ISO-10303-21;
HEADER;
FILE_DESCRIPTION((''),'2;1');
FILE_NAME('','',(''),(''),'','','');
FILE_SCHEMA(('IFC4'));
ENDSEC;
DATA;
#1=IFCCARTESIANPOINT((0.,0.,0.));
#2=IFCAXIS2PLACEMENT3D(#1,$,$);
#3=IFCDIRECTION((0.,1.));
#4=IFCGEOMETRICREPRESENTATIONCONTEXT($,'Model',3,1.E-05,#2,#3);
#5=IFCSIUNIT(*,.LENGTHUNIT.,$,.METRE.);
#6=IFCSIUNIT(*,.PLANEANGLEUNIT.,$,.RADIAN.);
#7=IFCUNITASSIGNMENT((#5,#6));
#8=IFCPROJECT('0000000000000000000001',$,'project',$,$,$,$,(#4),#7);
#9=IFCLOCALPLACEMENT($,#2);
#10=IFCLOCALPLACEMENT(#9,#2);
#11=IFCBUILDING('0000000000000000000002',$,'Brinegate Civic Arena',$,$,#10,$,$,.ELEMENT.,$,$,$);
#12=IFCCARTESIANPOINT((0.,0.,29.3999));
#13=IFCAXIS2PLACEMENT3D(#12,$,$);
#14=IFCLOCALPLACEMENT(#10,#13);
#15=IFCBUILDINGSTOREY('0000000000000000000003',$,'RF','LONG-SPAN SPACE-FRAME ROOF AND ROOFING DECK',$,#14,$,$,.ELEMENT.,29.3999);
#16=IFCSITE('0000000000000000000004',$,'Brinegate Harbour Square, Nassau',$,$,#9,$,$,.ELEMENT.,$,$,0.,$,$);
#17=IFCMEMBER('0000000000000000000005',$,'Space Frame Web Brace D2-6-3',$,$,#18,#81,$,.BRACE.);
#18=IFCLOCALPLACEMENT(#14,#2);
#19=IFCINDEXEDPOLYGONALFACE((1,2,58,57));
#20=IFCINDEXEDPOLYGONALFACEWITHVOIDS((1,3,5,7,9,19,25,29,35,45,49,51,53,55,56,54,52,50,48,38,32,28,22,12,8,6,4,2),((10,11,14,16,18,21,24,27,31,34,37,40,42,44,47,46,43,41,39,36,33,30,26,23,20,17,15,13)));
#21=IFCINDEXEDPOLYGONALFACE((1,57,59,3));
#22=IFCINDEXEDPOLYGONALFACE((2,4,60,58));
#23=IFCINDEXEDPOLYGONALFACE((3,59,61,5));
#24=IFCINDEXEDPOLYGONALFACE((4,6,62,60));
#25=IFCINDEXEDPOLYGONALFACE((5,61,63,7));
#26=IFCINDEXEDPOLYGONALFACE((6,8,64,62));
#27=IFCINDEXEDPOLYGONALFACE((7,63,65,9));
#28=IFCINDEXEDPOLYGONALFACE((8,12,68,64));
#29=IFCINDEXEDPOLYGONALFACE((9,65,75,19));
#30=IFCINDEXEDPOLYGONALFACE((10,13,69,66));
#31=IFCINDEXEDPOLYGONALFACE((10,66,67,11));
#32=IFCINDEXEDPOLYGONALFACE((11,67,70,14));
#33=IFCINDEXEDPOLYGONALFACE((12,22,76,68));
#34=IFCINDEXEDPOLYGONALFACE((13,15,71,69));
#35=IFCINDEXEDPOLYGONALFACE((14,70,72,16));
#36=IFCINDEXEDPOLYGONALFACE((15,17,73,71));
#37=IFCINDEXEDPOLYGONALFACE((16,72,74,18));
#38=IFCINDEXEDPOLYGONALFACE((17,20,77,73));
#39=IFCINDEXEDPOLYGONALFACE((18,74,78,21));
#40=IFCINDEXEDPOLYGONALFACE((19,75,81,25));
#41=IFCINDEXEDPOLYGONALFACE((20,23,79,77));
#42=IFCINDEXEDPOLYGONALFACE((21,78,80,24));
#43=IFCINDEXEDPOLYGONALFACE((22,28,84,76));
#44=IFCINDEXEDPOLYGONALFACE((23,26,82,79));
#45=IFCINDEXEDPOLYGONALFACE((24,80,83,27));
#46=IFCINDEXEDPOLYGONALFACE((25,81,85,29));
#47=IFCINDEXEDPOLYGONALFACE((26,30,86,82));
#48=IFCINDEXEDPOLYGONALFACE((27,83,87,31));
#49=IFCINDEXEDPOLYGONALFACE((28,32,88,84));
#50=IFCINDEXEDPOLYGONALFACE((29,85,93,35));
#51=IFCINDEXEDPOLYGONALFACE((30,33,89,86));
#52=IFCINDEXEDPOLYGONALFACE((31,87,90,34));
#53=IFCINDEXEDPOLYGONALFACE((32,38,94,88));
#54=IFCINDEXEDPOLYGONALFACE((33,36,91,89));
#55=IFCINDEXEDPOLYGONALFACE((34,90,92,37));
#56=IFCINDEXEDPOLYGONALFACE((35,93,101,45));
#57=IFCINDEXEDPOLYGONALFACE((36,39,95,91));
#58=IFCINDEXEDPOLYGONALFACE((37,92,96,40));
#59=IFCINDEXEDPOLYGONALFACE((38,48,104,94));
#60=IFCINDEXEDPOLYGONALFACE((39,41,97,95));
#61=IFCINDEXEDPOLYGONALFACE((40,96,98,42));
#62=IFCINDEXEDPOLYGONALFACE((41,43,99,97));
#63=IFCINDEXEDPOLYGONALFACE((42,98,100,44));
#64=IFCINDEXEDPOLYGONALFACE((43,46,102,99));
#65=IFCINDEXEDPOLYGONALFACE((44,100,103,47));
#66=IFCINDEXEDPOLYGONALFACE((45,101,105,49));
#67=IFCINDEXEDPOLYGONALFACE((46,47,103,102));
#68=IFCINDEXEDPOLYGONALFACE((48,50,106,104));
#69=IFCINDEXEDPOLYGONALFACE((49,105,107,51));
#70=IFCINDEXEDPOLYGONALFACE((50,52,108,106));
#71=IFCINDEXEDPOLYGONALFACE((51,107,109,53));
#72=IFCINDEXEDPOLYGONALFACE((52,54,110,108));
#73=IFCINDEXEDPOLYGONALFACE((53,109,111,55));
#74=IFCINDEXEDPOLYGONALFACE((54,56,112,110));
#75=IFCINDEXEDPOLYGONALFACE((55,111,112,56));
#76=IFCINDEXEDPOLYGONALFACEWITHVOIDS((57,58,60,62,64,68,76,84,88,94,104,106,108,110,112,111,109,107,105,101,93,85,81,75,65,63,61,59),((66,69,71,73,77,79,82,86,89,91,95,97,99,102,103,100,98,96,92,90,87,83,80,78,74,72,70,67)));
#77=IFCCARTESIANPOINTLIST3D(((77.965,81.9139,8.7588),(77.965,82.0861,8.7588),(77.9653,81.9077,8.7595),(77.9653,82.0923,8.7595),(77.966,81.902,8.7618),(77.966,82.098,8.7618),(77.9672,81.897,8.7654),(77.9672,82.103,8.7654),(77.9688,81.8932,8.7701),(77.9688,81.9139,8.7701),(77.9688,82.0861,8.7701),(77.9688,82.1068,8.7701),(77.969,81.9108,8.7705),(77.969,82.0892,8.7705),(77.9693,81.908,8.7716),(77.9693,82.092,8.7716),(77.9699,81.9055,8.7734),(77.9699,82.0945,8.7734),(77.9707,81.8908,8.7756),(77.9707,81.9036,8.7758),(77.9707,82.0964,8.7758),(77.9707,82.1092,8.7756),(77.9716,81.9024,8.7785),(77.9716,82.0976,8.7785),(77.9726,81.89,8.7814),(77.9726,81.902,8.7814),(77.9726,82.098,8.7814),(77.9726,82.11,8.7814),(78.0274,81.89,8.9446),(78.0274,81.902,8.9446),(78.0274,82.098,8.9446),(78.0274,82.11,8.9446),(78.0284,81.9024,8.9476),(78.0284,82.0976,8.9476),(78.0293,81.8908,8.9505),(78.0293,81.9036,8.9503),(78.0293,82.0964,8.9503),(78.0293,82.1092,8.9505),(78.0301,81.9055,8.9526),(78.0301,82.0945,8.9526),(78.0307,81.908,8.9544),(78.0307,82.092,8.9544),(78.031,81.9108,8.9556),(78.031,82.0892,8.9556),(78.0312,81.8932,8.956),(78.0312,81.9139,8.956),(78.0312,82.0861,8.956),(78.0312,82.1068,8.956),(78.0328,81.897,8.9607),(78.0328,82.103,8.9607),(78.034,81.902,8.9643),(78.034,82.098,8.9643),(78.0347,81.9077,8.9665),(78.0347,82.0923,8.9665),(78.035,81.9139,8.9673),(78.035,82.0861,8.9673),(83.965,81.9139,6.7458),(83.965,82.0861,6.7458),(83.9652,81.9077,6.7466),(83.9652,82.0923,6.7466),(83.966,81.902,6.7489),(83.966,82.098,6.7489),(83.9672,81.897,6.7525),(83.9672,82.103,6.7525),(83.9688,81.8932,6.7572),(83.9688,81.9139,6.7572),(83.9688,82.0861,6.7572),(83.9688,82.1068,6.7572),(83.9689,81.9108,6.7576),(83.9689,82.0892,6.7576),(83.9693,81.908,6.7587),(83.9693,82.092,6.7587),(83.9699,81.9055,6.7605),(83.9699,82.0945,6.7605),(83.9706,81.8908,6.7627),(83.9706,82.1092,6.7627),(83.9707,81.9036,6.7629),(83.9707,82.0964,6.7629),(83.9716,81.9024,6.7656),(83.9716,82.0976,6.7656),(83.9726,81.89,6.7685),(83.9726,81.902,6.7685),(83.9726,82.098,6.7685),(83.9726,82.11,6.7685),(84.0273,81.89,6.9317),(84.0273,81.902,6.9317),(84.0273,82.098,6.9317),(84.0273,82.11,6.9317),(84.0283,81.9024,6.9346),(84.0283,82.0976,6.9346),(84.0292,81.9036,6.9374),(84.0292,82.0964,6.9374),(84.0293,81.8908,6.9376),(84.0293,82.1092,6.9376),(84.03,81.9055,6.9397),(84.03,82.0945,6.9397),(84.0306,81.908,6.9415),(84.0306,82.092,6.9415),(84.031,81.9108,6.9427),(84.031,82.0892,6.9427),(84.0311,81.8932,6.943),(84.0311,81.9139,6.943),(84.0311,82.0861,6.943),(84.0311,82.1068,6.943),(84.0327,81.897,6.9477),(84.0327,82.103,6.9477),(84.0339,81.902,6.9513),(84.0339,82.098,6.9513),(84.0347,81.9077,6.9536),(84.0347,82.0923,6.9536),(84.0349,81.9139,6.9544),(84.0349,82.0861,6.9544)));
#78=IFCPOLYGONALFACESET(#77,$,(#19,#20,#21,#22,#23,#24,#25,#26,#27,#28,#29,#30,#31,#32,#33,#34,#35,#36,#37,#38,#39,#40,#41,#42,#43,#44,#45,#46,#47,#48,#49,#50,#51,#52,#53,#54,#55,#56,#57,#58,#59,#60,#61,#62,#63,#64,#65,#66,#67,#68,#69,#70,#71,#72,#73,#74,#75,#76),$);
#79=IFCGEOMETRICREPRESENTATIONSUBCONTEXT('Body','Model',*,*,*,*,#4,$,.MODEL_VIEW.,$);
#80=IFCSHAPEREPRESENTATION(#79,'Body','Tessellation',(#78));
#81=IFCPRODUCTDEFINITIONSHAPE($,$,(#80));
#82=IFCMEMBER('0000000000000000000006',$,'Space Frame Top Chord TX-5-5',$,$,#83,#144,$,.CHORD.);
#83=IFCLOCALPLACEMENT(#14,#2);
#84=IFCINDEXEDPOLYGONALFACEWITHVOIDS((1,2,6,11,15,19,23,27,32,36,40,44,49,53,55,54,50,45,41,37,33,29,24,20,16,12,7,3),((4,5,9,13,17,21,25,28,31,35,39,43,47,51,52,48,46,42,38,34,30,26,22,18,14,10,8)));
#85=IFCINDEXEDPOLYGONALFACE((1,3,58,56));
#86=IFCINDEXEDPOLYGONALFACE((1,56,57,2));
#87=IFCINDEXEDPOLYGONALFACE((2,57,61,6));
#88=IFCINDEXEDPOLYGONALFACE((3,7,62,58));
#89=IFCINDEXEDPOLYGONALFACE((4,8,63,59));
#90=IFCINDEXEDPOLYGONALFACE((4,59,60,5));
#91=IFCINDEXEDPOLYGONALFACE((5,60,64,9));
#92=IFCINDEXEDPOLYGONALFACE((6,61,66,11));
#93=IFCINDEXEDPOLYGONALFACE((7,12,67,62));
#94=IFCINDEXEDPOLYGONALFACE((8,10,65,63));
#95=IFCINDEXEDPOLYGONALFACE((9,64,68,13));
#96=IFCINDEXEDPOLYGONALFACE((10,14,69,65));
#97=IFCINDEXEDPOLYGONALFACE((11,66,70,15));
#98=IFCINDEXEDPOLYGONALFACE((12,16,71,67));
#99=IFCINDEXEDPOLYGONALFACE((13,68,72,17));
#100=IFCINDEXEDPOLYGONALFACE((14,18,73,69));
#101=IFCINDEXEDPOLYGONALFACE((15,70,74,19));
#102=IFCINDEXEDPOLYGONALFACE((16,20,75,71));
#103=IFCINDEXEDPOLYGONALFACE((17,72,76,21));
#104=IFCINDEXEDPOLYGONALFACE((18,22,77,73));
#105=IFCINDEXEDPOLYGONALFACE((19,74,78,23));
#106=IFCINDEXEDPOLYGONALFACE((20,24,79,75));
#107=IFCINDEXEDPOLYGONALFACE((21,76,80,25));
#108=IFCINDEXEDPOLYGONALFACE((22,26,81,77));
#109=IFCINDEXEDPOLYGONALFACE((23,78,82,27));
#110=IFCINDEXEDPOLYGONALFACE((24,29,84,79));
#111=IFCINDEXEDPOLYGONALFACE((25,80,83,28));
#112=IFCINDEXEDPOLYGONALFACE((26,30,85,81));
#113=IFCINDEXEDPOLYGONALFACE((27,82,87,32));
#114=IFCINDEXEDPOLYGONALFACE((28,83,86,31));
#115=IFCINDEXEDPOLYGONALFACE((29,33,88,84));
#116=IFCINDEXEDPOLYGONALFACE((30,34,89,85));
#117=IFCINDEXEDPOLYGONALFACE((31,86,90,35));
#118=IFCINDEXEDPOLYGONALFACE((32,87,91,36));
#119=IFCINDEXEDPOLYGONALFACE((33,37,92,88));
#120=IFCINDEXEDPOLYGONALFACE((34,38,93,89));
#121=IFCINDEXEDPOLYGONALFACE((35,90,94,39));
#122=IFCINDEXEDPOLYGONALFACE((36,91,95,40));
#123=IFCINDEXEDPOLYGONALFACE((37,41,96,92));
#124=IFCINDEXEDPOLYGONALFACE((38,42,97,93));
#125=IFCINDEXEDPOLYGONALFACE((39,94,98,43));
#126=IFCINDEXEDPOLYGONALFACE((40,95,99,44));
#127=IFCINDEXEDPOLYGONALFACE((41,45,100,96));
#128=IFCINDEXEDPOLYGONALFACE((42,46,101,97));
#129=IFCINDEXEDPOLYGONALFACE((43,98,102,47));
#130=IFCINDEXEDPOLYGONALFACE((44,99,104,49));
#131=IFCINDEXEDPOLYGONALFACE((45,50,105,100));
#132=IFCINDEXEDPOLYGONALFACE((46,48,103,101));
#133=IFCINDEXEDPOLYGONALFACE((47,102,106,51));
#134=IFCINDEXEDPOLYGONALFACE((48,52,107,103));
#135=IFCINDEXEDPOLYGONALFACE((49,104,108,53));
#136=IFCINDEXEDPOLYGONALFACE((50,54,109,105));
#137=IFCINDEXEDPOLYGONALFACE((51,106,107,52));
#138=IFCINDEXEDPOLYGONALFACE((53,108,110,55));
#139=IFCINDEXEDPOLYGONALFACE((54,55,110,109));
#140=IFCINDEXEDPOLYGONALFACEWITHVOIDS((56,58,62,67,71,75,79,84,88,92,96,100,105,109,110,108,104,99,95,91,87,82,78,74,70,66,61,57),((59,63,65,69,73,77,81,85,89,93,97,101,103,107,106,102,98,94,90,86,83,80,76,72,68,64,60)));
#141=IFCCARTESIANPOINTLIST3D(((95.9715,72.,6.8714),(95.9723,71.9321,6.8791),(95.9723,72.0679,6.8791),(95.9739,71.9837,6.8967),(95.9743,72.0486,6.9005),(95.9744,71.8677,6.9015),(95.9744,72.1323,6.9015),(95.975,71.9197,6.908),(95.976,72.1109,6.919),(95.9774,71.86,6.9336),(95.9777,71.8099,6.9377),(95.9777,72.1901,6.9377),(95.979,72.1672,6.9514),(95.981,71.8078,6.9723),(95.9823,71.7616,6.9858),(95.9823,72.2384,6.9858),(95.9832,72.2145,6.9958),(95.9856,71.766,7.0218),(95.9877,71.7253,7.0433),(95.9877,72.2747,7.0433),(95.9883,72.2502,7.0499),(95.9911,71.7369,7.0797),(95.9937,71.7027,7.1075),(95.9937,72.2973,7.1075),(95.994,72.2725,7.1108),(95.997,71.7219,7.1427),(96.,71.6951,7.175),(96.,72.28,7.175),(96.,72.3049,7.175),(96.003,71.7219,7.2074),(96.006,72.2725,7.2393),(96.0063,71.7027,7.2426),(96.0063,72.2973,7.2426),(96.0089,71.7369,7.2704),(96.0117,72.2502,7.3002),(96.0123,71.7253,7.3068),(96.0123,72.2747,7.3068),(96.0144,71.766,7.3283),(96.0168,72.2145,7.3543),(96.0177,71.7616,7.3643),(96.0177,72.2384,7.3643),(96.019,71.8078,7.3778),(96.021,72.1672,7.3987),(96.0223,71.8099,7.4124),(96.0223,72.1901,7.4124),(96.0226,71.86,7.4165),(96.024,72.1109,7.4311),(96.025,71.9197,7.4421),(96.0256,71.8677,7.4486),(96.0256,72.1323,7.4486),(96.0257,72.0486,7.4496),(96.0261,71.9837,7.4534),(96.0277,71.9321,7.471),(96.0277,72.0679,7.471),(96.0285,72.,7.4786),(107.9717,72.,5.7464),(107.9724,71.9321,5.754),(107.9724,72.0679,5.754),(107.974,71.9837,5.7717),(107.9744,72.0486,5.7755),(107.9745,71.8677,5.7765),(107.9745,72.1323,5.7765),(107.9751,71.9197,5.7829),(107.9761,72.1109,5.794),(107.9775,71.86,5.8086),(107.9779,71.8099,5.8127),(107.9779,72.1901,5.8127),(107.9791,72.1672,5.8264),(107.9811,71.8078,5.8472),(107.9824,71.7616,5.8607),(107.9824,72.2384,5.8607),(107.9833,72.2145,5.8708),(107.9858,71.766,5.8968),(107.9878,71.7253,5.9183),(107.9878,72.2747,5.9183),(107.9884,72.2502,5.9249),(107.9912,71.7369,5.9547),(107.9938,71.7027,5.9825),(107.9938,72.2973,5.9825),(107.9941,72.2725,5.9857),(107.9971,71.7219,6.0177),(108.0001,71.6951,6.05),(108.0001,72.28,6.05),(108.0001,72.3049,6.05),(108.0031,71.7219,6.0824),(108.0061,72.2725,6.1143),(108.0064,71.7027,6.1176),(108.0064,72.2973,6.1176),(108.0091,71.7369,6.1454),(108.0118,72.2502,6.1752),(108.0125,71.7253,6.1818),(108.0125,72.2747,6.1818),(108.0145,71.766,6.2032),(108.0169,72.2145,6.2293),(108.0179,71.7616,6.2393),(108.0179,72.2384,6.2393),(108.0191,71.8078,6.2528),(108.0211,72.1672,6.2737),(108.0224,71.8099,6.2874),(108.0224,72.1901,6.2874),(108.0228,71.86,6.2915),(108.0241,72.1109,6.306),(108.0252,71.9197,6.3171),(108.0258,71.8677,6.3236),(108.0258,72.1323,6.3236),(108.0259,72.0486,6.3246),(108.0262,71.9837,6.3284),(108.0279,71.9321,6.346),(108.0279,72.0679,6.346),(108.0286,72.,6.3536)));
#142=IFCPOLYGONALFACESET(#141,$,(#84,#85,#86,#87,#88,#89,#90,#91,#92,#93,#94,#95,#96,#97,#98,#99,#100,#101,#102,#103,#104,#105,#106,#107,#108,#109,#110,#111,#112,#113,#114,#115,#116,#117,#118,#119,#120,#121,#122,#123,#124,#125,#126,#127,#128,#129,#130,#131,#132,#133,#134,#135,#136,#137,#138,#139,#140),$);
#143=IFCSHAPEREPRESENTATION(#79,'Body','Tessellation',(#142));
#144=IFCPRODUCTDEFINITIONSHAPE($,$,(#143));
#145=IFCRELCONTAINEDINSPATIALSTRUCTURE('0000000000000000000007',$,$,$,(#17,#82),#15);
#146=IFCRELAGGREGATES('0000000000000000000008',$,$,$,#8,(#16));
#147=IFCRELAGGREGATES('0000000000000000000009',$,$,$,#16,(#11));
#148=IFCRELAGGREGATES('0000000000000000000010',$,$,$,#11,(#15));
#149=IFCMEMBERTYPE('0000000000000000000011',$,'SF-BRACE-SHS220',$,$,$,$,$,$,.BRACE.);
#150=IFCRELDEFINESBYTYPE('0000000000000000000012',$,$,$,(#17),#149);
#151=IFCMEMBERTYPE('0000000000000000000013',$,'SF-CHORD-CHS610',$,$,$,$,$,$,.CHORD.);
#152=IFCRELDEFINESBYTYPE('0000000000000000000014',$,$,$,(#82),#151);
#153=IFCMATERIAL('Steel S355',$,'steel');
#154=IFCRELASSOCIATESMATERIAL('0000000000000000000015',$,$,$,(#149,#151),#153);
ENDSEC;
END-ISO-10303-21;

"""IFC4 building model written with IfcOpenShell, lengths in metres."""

from ifc_helpers import new_model, si_unit, direction, frame, origin, origin_2d, place, context, subcontext, project, spatial, hollow_rectangle, hollow_circle, extrude, material, material_profile, profile_set, type_object, element, save


model = new_model("IFC4")

# Units and contexts
model_context = context("Model", 3, precision=1e-05, world=origin(), true_north=direction((0.0, 1.0)))
body_context = subcontext(model_context, "Body", "Model", "MODEL_VIEW")
ifc_project = project(units=[si_unit("LENGTHUNIT", "METRE"), si_unit("PLANEANGLEUNIT", "RADIAN")], contexts=[model_context])

# Site, building, storey
site_placement = place(None, origin())
site = spatial("IfcSite", under=ifc_project, at=site_placement, Name="Brinegate Harbour Square, Nassau", CompositionType="ELEMENT", RefElevation=0.0)
building_placement = place(site_placement, origin())
building = spatial("IfcBuilding", under=site, at=building_placement, Name="Brinegate Civic Arena", CompositionType="ELEMENT")
storey_placement = place(building_placement, frame((0.0, 0.0, 29.3999)))
storey = spatial("IfcBuildingStorey", under=building, at=storey_placement, Name="RF", Description="LONG-SPAN SPACE-FRAME ROOF AND ROOFING DECK", CompositionType="ELEMENT", Elevation=29.3999)

# Members
ifc_material = material(Name="Steel S355", Category="steel")
ifc_material_profile_1 = material_profile(ifc_material, hollow_rectangle(XDim=0.22, YDim=0.22, WallThickness=0.012, InnerFilletRadius=0.012, OuterFilletRadius=0.0239, at=origin_2d()), Name="SHS220X12")
ifc_profile_set_1 = profile_set([ifc_material_profile_1], Name="Steel S355")
member_type_1 = type_object("IfcMemberType", Name="SF-BRACE-SHS220", PredefinedType="BRACE", material=ifc_profile_set_1)
member_1_placement = place(storey_placement, frame((78.0, 82.0, 8.863), z_axis=(0.948068, 0.0, -0.318067), x_axis=(0.0, 1.0, 0.0)))
element("IfcMember", 1, at=member_1_placement, inside=storey, type_object=member_type_1, Name="Space Frame Web Brace D2-6-3", PredefinedType="BRACE", context=body_context, shape_type="SweptSolid", body=[
    extrude(hollow_rectangle(XDim=0.22, YDim=0.22, WallThickness=0.012, InnerFilletRadius=0.012, OuterFilletRadius=0.0239, at=origin_2d()), origin(), (0.0, 0.0, 1.0), 6.3286),
])
ifc_material_profile_2 = material_profile(ifc_material, hollow_circle(Radius=0.3049, WallThickness=0.0249, at=origin_2d()), Name="CHS610X25")
ifc_profile_set_2 = profile_set([ifc_material_profile_2], Name="Steel S355")
member_type_2 = type_object("IfcMemberType", Name="SF-CHORD-CHS610", PredefinedType="CHORD", material=ifc_profile_set_2)
for number, where, z_axis, x_axis, name in (
    (2, (96.0, 72.0, 7.175), (0.995634, 0.0, -0.093341), (0.0, 1.0, 0.0), "Space Frame Top Chord TX-5-5"),
):
    element("IfcMember", number, at=place(storey_placement, frame(where, z_axis=z_axis, x_axis=x_axis)), inside=storey, type_object=member_type_2, Name=name, PredefinedType="CHORD", context=body_context, shape_type="SweptSolid", body=[
        extrude(hollow_circle(Radius=0.3049, WallThickness=0.0249, at=origin_2d()), origin(), (0.0, 0.0, 1.0), 12.0527),
    ])

save(model, "model.ifc")
